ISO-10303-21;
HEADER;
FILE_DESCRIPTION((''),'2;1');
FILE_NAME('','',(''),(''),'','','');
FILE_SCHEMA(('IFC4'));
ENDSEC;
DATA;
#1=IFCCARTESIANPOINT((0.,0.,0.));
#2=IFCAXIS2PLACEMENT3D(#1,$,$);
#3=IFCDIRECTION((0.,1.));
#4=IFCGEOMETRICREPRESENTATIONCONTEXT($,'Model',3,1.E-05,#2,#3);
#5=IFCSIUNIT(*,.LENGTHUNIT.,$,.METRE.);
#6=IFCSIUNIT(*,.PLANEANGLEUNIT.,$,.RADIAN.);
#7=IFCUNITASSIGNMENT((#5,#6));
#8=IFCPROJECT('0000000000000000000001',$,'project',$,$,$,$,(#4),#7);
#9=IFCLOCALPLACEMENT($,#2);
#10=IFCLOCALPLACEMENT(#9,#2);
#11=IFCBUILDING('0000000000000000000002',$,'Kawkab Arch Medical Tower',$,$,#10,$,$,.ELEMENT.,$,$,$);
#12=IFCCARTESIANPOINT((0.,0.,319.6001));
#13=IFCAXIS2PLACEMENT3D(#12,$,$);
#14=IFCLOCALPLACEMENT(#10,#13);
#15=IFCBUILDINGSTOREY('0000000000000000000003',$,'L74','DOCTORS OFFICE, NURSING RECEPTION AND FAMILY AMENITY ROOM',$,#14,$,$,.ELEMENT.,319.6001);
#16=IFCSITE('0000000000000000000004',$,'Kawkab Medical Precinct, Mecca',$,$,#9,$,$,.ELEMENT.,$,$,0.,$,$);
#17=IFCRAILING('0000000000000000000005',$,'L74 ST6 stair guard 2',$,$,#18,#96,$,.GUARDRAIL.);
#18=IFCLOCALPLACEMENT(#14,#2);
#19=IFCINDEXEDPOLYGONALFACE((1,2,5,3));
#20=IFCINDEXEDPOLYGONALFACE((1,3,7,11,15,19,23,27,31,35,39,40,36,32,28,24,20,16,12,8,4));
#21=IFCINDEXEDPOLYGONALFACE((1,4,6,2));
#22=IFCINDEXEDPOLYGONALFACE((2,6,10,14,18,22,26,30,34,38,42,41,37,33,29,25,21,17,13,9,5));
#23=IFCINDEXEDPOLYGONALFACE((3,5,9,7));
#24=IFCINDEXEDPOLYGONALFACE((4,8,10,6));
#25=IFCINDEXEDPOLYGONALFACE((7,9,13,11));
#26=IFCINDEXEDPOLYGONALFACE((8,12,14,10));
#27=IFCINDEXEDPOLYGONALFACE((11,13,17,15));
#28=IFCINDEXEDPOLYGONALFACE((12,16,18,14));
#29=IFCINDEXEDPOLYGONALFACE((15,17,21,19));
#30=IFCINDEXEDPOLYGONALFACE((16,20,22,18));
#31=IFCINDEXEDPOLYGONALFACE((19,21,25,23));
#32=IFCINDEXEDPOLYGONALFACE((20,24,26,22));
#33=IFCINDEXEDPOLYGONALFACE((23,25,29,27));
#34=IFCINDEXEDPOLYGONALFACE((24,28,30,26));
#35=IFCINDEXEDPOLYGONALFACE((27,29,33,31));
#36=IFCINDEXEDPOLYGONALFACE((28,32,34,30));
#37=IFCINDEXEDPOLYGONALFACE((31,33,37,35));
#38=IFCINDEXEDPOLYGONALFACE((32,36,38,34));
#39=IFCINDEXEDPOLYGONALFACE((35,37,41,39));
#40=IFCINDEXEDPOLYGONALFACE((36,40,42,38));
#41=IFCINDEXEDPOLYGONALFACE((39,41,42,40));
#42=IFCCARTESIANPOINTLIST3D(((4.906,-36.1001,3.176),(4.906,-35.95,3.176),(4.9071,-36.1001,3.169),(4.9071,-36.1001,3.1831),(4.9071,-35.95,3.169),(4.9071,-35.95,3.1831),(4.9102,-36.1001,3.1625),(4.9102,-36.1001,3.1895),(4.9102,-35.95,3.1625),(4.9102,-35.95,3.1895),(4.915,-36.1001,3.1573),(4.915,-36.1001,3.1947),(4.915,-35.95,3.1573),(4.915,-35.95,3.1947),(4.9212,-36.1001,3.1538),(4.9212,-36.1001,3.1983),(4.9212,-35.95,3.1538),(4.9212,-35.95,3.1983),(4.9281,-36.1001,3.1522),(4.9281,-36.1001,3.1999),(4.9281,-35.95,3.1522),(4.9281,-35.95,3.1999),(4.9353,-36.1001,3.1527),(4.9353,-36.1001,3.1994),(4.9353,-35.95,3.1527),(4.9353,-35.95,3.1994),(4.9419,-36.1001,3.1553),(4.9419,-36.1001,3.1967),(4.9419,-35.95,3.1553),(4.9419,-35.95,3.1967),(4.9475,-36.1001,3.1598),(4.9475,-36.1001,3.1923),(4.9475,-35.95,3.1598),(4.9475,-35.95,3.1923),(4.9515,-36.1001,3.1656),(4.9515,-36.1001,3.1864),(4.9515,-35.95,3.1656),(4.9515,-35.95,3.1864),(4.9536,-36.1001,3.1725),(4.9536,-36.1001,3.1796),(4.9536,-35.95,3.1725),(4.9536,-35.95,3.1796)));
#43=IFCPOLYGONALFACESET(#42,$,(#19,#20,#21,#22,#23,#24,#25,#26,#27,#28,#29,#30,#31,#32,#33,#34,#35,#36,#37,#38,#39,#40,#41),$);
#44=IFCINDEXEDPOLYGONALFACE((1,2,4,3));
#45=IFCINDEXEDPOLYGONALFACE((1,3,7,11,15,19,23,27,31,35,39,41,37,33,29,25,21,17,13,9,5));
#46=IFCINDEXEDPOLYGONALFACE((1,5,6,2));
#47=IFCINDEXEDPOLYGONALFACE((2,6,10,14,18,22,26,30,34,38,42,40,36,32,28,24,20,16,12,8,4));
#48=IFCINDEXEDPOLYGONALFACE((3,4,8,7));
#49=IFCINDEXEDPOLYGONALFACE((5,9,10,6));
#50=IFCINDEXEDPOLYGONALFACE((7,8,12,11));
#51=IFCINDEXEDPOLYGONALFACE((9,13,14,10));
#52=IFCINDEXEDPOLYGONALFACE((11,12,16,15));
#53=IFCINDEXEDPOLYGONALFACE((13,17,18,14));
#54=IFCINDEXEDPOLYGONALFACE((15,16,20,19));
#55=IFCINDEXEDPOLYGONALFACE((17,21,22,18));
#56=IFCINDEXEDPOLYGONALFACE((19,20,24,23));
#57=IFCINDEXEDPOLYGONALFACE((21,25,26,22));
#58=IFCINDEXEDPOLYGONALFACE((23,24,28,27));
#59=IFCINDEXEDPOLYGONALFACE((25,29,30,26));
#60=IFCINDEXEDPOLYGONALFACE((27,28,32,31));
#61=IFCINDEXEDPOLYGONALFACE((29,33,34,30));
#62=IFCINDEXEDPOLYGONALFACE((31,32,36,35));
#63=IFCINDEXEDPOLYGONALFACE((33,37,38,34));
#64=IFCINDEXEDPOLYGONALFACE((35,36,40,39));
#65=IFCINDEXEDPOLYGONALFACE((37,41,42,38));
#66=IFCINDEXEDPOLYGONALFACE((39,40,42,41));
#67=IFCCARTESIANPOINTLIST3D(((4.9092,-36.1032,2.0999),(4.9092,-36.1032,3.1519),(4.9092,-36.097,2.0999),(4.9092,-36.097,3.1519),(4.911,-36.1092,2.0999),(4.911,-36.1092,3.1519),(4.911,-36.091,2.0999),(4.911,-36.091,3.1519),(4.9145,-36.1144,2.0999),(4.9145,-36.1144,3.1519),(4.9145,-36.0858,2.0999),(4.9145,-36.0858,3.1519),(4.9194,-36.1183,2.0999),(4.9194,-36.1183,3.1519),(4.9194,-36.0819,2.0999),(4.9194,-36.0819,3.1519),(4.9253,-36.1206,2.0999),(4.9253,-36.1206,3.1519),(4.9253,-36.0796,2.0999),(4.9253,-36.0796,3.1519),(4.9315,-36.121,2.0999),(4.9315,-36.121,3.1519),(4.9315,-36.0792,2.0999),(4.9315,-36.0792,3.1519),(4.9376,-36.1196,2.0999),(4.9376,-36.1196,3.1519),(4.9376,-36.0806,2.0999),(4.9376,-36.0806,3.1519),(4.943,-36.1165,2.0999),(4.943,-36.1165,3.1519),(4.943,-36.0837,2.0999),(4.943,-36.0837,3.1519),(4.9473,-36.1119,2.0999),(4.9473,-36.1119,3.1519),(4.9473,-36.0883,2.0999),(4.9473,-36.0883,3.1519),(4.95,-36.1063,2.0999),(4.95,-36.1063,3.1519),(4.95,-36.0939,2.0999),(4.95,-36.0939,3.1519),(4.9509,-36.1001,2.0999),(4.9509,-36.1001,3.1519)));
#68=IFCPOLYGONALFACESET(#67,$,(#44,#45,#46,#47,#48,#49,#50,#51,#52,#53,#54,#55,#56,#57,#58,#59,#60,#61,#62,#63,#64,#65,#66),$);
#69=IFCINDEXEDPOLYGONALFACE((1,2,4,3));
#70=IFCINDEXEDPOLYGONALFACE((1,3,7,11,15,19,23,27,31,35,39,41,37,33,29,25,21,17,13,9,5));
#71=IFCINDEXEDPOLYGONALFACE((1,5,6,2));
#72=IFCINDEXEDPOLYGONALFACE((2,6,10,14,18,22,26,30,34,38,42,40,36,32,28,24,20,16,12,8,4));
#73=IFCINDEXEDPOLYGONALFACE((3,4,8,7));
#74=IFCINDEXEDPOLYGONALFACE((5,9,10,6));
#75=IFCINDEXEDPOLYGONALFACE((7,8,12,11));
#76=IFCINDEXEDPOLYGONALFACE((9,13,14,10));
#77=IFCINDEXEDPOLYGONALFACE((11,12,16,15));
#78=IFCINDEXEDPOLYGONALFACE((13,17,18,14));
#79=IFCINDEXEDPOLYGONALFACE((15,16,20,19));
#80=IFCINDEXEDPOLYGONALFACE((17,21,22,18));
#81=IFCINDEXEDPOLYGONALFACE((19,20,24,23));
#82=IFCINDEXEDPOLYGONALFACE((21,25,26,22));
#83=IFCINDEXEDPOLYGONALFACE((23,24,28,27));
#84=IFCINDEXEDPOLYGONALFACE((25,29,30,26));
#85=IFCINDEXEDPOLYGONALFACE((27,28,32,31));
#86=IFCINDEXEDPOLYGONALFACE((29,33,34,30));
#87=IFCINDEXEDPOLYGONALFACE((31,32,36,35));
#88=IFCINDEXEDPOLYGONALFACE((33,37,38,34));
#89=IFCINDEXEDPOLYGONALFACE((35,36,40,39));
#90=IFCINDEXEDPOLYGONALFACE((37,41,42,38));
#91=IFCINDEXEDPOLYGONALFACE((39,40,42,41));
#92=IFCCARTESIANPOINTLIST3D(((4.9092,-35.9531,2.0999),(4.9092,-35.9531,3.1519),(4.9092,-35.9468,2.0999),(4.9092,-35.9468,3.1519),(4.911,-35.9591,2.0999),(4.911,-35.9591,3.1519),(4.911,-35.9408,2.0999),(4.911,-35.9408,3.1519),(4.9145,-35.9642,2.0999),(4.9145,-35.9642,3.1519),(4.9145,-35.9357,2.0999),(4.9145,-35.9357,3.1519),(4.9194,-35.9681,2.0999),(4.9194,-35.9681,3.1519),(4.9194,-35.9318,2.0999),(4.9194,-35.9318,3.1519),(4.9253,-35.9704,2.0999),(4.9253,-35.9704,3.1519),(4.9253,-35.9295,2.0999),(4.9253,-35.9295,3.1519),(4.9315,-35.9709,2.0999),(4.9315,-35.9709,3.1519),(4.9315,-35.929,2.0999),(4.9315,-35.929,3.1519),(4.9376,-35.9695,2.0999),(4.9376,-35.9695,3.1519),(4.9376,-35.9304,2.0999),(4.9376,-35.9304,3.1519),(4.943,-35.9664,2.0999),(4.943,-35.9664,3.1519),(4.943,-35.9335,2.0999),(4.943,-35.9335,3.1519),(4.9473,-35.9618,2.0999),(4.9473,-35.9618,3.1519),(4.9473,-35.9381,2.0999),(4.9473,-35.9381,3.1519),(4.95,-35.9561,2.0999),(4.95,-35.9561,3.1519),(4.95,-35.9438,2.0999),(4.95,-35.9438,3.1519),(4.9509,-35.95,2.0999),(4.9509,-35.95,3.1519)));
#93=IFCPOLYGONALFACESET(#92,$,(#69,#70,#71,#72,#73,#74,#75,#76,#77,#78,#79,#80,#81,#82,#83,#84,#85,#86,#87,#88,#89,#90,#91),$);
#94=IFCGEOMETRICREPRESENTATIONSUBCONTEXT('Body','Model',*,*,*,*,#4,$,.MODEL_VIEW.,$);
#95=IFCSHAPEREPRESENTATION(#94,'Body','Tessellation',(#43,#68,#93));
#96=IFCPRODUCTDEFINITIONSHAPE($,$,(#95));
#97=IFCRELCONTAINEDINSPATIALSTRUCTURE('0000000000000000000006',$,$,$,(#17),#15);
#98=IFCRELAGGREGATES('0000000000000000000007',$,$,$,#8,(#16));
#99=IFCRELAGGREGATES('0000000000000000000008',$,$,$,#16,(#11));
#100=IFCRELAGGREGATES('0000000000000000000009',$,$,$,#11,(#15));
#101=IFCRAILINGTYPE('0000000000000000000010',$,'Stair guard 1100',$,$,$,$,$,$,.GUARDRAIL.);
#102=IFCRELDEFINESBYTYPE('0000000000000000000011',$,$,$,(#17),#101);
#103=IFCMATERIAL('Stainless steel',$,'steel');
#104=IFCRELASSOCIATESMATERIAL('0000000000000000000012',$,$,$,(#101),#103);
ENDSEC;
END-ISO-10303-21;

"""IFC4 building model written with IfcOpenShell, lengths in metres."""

from ifc_helpers import new_model, si_unit, direction, frame, origin, origin_2d, place, context, subcontext, project, spatial, circle, extrude, material, type_object, element, save


model = new_model("IFC4")

# Units and contexts
model_context = context("Model", 3, precision=1e-05, world=origin(), true_north=direction((0.0, 1.0)))
body_context = subcontext(model_context, "Body", "Model", "MODEL_VIEW")
ifc_project = project(units=[si_unit("LENGTHUNIT", "METRE"), si_unit("PLANEANGLEUNIT", "RADIAN")], contexts=[model_context])

# Site, building, storey
site_placement = place(None, origin())
site = spatial("IfcSite", under=ifc_project, at=site_placement, Name="Kawkab Medical Precinct, Mecca", CompositionType="ELEMENT", RefElevation=0.0)
building_placement = place(site_placement, origin())
building = spatial("IfcBuilding", under=site, at=building_placement, Name="Kawkab Arch Medical Tower", CompositionType="ELEMENT")
storey_placement = place(building_placement, frame((0.0, 0.0, 319.6001)))
storey = spatial("IfcBuildingStorey", under=building, at=storey_placement, Name="L74", Description="DOCTORS OFFICE, NURSING RECEPTION AND FAMILY AMENITY ROOM", CompositionType="ELEMENT", Elevation=319.6001)

# Railing
ifc_material_1 = material(Name="Stainless steel", Category="steel")
railing_type_1 = type_object("IfcRailingType", Name="Stair guard 1100", PredefinedType="GUARDRAIL", material=ifc_material_1)
railing_1_placement = place(storey_placement, frame((4.9299, -36.1001, 2.0999)))
element("IfcRailing", 1, at=railing_1_placement, inside=storey, type_object=railing_type_1, Name="L74 ST6 stair guard 2", PredefinedType="GUARDRAIL", context=body_context, shape_type="SweptSolid", body=[
    extrude(circle(Radius=0.0239, at=origin_2d()), frame((0.0, 0.0, 1.0762), z_axis=(0.0, 1.0, 0.0), x_axis=(-1.0, 0.0, 0.0)), (0.0, 0.0, 1.0), 0.1501),
    extrude(circle(Radius=0.021, at=origin_2d()), origin(), (0.0, 0.0, 1.0), 1.052),
    extrude(circle(Radius=0.021, at=origin_2d()), frame((0.0, 0.1501, 0.0)), (0.0, 0.0, 1.0), 1.052),
])

save(model, "model.ifc")
